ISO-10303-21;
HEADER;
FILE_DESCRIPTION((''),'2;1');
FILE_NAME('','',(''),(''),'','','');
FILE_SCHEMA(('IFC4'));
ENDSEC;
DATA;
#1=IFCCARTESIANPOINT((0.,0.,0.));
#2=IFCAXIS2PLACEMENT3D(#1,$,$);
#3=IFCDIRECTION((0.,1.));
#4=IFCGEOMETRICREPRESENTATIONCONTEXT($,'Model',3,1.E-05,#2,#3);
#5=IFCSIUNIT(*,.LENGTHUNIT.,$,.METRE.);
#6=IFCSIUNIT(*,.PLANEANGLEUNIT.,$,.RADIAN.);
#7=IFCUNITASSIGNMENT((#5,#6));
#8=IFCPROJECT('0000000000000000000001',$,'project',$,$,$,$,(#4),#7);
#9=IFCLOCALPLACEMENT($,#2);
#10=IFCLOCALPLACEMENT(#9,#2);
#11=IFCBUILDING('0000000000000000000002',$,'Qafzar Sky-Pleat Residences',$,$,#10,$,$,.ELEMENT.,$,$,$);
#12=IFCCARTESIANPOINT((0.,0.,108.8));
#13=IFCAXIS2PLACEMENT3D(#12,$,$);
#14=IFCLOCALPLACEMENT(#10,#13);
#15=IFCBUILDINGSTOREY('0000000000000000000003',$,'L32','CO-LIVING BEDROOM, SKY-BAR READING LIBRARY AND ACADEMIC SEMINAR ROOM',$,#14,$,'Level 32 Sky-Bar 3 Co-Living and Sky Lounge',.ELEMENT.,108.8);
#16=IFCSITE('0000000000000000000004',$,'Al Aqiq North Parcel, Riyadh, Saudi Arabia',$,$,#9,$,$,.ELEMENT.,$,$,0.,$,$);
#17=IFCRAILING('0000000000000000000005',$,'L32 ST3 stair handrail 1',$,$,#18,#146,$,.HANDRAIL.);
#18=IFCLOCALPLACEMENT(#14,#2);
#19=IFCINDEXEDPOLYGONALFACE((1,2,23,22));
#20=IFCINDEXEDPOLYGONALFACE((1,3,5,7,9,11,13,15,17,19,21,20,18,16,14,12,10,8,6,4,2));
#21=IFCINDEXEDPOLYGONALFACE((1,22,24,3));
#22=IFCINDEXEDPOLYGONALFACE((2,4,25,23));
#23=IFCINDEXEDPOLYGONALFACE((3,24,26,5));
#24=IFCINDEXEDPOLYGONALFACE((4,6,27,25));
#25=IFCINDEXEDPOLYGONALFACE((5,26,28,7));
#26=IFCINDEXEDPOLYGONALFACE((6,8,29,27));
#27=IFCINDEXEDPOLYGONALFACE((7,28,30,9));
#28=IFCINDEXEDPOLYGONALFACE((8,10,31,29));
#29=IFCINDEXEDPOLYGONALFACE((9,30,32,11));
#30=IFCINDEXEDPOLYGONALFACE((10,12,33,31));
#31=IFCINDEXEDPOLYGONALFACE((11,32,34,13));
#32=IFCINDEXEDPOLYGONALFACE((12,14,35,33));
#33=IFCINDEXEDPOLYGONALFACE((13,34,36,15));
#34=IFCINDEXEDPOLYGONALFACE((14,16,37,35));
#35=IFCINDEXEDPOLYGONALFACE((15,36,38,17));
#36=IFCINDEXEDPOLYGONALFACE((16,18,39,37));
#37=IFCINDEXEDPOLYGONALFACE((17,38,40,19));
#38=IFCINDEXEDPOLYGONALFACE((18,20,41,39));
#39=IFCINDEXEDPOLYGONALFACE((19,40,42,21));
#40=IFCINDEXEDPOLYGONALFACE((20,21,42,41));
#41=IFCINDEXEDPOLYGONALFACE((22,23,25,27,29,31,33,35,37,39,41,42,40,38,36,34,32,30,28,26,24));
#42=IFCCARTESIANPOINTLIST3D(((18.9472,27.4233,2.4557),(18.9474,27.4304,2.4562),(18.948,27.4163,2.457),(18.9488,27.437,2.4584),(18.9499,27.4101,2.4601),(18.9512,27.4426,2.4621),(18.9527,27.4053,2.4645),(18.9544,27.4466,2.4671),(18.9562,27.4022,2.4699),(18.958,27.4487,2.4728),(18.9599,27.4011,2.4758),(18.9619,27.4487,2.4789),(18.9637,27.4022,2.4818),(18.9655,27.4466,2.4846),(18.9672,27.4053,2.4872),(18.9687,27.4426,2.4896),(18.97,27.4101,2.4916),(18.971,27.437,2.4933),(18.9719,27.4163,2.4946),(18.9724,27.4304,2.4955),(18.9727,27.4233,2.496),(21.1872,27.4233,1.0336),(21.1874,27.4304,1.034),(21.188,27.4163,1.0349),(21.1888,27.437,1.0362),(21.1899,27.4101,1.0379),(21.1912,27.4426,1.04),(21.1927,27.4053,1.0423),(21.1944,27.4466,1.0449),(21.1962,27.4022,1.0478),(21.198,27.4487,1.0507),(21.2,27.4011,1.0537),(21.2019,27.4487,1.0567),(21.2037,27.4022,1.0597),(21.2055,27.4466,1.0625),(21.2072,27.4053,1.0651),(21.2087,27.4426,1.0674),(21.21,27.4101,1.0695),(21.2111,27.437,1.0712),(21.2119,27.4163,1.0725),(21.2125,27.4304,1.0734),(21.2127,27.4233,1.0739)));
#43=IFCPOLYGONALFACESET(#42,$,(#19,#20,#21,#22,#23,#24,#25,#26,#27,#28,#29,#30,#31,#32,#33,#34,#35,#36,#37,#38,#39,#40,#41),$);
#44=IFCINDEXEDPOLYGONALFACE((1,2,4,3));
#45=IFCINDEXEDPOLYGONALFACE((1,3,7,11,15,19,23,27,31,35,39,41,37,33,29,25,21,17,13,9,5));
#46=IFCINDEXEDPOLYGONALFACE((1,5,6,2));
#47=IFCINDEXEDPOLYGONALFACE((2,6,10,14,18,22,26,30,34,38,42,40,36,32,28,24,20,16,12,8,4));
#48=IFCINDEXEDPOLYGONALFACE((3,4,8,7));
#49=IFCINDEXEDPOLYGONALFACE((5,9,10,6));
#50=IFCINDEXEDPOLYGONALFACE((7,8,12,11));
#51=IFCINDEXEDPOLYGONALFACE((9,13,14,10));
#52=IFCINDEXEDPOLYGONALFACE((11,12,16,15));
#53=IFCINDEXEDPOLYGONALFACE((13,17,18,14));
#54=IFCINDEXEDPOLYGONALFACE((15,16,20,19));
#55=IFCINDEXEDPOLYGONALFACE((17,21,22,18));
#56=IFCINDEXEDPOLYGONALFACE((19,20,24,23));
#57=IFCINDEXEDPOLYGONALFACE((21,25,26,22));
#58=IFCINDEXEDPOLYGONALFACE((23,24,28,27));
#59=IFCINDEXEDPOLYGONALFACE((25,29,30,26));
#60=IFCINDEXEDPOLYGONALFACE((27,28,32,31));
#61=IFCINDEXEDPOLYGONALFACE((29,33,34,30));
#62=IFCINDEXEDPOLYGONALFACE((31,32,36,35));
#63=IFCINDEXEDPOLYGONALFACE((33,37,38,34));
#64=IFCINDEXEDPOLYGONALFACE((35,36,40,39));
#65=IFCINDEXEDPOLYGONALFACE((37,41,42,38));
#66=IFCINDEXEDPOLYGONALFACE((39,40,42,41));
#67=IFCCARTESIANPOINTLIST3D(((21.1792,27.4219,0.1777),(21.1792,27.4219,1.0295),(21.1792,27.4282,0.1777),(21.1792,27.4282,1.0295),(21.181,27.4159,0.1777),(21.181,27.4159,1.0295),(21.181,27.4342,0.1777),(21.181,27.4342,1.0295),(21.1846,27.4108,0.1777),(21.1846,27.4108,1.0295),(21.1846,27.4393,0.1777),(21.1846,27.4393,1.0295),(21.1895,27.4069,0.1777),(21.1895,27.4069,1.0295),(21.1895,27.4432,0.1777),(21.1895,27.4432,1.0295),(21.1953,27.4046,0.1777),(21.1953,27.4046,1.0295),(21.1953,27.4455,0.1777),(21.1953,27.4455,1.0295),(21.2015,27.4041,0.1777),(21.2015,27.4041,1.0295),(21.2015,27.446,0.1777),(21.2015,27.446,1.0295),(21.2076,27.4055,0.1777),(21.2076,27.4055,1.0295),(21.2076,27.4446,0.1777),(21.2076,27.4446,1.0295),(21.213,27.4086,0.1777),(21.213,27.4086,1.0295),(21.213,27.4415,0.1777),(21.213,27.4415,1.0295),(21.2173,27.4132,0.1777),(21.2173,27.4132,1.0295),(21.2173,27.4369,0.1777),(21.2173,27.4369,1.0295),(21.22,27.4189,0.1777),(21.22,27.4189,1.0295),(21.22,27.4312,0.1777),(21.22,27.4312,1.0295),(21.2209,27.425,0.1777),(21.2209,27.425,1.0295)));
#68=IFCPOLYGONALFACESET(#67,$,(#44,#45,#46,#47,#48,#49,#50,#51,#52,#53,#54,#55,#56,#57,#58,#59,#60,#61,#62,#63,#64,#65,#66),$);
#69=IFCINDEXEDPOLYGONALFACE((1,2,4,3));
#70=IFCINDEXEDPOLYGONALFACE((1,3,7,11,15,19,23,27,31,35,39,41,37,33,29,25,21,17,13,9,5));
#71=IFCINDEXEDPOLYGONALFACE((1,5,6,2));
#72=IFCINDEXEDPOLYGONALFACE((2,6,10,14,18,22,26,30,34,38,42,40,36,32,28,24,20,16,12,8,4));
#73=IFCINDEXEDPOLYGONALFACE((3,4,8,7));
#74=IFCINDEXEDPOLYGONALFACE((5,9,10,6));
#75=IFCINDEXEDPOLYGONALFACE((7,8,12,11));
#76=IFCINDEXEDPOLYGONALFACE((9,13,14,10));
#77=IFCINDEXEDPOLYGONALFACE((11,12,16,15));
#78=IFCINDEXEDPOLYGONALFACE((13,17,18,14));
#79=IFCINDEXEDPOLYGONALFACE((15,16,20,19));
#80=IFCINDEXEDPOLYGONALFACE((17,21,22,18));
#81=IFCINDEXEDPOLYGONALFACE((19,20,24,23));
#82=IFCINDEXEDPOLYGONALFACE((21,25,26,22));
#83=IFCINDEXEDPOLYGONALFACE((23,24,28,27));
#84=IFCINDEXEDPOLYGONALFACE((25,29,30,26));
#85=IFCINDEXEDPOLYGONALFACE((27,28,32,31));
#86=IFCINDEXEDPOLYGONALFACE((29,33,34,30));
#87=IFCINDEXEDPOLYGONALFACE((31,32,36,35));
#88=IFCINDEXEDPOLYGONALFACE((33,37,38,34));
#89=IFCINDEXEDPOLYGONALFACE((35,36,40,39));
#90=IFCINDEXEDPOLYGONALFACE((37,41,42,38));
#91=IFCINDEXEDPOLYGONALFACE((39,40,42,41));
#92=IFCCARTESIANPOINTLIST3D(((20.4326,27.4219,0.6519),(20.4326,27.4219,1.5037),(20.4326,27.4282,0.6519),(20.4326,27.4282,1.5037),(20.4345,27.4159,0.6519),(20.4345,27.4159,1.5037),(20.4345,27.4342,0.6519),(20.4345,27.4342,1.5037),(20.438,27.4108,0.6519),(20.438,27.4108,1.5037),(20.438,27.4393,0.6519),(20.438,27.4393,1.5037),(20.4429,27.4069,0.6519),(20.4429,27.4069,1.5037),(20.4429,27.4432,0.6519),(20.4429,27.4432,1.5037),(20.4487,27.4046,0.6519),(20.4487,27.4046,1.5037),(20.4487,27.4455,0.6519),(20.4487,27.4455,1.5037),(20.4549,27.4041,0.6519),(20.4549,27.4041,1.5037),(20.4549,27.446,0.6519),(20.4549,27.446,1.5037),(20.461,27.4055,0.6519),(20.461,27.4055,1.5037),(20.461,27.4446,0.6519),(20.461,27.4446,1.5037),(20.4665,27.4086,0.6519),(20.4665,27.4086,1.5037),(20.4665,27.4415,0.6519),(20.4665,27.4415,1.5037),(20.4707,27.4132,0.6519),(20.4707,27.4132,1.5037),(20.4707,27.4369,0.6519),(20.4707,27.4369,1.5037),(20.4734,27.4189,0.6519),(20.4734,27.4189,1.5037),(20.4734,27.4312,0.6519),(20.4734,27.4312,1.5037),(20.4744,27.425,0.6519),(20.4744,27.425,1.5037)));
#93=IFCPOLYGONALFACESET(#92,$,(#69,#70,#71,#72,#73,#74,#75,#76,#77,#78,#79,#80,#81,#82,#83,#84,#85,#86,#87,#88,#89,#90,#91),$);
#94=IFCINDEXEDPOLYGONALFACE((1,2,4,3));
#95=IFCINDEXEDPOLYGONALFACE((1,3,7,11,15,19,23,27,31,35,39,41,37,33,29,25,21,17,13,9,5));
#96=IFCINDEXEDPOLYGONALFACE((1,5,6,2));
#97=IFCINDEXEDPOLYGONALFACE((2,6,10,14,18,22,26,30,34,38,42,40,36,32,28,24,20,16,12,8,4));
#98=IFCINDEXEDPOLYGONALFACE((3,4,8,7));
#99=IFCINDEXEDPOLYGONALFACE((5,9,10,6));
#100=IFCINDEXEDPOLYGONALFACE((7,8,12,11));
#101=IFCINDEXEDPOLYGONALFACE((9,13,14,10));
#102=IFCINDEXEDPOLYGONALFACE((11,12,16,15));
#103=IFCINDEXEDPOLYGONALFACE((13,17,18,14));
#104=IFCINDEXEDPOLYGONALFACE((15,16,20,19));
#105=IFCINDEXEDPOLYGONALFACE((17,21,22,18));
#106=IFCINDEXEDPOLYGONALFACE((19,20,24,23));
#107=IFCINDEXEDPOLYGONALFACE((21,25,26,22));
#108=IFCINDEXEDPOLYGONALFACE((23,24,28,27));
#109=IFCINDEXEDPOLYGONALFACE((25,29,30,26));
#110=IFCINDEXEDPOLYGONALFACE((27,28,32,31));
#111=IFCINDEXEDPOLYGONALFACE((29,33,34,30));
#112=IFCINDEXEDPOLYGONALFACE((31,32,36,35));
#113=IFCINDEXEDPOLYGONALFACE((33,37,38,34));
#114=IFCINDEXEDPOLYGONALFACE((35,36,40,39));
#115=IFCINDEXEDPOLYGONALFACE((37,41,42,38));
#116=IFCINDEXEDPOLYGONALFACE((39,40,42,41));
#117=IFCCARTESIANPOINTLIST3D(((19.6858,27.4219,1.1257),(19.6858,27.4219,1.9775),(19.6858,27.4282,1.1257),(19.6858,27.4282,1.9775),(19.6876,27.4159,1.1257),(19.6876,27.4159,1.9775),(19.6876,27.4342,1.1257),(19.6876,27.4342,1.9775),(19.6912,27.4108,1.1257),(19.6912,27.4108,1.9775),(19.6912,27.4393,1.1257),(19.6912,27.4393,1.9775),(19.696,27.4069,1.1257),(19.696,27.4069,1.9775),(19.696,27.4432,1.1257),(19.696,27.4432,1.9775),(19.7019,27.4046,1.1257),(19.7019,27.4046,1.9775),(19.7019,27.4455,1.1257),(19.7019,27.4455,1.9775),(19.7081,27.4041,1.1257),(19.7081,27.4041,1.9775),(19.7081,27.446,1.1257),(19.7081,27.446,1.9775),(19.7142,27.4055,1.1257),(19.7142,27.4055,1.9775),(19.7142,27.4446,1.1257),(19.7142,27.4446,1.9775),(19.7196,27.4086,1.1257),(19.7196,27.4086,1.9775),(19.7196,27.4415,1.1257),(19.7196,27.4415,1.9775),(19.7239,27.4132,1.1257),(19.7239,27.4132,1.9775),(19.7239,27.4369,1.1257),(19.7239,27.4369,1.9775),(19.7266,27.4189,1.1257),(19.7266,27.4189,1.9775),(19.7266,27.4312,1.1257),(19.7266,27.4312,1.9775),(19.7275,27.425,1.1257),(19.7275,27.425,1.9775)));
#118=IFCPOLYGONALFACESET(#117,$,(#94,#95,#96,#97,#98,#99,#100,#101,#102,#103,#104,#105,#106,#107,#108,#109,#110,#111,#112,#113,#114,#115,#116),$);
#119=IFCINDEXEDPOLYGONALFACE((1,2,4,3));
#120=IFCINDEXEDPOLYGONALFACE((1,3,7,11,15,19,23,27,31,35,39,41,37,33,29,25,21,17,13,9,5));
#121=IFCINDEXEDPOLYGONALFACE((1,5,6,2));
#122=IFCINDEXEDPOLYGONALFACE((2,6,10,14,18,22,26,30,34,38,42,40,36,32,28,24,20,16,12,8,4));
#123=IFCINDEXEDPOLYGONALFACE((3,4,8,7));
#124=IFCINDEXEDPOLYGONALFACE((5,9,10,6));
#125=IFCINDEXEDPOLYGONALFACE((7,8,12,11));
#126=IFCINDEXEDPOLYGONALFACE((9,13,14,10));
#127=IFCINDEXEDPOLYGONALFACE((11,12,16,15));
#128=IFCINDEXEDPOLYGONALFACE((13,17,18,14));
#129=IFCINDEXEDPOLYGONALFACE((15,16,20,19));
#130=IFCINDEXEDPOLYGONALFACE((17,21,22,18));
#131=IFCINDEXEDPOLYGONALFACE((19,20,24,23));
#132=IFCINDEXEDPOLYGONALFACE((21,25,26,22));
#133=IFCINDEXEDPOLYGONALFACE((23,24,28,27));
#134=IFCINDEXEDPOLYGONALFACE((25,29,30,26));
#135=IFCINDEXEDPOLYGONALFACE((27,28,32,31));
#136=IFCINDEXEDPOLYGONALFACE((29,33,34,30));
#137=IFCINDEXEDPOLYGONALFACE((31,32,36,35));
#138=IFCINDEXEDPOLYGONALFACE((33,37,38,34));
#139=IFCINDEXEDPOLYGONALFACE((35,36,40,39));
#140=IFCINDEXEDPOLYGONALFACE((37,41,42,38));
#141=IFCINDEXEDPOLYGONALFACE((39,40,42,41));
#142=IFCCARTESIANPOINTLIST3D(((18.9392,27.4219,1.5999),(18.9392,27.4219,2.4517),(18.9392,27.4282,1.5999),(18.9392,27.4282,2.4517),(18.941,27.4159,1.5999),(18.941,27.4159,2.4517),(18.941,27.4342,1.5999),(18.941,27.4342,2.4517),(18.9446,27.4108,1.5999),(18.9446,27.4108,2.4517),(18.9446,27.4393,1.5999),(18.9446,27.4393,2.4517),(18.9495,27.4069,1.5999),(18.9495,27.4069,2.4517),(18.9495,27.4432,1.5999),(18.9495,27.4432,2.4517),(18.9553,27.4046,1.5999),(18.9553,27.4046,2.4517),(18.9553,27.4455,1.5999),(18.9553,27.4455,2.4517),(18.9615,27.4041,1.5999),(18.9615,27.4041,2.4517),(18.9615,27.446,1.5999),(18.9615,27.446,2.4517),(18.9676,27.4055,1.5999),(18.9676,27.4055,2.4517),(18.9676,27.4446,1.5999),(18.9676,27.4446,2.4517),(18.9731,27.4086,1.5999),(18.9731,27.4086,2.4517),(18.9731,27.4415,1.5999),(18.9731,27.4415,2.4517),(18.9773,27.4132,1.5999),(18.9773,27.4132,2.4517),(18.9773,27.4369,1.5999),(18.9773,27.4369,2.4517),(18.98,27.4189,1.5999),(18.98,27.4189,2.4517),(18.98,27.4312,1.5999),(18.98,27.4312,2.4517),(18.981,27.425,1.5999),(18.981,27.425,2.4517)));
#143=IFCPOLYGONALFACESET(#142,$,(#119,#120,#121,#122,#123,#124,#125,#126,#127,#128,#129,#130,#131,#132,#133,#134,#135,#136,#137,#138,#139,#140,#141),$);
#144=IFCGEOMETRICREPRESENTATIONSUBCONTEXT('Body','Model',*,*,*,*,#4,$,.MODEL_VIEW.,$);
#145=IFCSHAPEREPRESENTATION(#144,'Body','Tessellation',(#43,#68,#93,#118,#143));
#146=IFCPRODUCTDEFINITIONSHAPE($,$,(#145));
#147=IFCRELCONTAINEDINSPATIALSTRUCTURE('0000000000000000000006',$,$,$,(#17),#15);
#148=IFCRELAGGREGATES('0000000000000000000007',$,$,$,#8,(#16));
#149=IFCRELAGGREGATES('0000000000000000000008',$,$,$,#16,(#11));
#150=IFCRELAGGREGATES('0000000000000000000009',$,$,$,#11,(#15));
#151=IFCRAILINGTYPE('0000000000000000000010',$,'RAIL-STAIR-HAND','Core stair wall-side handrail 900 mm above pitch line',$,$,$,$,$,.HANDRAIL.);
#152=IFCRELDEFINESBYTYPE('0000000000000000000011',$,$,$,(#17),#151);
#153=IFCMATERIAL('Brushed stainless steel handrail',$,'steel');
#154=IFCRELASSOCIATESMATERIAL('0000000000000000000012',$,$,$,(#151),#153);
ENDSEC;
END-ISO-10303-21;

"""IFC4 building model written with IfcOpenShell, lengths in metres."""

from ifc_helpers import new_model, si_unit, direction, frame, origin, origin_2d, place, context, subcontext, project, spatial, circle, extrude, source, transform, mapped, material, type_object, element, save


model = new_model("IFC4")

# Units and contexts
model_context = context("Model", 3, precision=1e-05, world=origin(), true_north=direction((0.0, 1.0)))
body_context = subcontext(model_context, "Body", "Model", "MODEL_VIEW")
ifc_project = project(units=[si_unit("LENGTHUNIT", "METRE"), si_unit("PLANEANGLEUNIT", "RADIAN")], contexts=[model_context])

# Site, building, storey
site_placement = place(None, origin())
site = spatial("IfcSite", under=ifc_project, at=site_placement, Name="Al Aqiq North Parcel, Riyadh, Saudi Arabia", CompositionType="ELEMENT", RefElevation=0.0)
building_placement = place(site_placement, origin())
building = spatial("IfcBuilding", under=site, at=building_placement, Name="Qafzar Sky-Pleat Residences", CompositionType="ELEMENT")
storey_placement = place(building_placement, frame((0.0, 0.0, 108.8)))
storey = spatial("IfcBuildingStorey", under=building, at=storey_placement, Name="L32", Description="CO-LIVING BEDROOM, SKY-BAR READING LIBRARY AND ACADEMIC SEMINAR ROOM", LongName="Level 32 Sky-Bar 3 Co-Living and Sky Lounge", CompositionType="ELEMENT", Elevation=108.8)

# Railing
ifc_material_1 = material(Name="Brushed stainless steel handrail", Category="steel")
railing_type_1 = type_object("IfcRailingType", Name="RAIL-STAIR-HAND", Description="Core stair wall-side handrail 900 mm above pitch line", PredefinedType="HANDRAIL", material=ifc_material_1)
shared_shape_1 = source(origin(), body_context, "Body", "SweptSolid", [
    extrude(circle(Radius=0.0239, at=origin_2d()), frame((0.0, 0.0, 0.876), z_axis=(-0.844229, 0.0, 0.535982), x_axis=(0.0, -1.0, 0.0)), (0.0, 0.0, 1.0), 2.6533),
    extrude(circle(Radius=0.021, at=origin_2d()), origin(), (0.0, 0.0, 1.0), 0.8518),
    extrude(circle(Radius=0.021, at=origin_2d()), frame((-0.7466, 0.0, 0.4741)), (0.0, 0.0, 1.0), 0.8518),
    extrude(circle(Radius=0.021, at=origin_2d()), frame((-1.4934, 0.0, 0.948)), (0.0, 0.0, 1.0), 0.8518),
    extrude(circle(Radius=0.021, at=origin_2d()), frame((-2.24, 0.0, 1.4221)), (0.0, 0.0, 1.0), 0.8518),
])
railing_1_placement = place(storey_placement, frame((21.2, 27.425, 0.1777)))
element("IfcRailing", 1, at=railing_1_placement, inside=storey, type_object=railing_type_1, Name="L32 ST3 stair handrail 1", PredefinedType="HANDRAIL", context=body_context, shape_type="MappedRepresentation", body=[
    mapped(shared_shape_1, transform((0.0, 0.0, 0.0), x_axis=(1.0, 0.0, 0.0), y_axis=(0.0, 1.0, 0.0), z_axis=(0.0, 0.0, 1.0), scale=1.0)),
])

save(model, "model.ifc")
